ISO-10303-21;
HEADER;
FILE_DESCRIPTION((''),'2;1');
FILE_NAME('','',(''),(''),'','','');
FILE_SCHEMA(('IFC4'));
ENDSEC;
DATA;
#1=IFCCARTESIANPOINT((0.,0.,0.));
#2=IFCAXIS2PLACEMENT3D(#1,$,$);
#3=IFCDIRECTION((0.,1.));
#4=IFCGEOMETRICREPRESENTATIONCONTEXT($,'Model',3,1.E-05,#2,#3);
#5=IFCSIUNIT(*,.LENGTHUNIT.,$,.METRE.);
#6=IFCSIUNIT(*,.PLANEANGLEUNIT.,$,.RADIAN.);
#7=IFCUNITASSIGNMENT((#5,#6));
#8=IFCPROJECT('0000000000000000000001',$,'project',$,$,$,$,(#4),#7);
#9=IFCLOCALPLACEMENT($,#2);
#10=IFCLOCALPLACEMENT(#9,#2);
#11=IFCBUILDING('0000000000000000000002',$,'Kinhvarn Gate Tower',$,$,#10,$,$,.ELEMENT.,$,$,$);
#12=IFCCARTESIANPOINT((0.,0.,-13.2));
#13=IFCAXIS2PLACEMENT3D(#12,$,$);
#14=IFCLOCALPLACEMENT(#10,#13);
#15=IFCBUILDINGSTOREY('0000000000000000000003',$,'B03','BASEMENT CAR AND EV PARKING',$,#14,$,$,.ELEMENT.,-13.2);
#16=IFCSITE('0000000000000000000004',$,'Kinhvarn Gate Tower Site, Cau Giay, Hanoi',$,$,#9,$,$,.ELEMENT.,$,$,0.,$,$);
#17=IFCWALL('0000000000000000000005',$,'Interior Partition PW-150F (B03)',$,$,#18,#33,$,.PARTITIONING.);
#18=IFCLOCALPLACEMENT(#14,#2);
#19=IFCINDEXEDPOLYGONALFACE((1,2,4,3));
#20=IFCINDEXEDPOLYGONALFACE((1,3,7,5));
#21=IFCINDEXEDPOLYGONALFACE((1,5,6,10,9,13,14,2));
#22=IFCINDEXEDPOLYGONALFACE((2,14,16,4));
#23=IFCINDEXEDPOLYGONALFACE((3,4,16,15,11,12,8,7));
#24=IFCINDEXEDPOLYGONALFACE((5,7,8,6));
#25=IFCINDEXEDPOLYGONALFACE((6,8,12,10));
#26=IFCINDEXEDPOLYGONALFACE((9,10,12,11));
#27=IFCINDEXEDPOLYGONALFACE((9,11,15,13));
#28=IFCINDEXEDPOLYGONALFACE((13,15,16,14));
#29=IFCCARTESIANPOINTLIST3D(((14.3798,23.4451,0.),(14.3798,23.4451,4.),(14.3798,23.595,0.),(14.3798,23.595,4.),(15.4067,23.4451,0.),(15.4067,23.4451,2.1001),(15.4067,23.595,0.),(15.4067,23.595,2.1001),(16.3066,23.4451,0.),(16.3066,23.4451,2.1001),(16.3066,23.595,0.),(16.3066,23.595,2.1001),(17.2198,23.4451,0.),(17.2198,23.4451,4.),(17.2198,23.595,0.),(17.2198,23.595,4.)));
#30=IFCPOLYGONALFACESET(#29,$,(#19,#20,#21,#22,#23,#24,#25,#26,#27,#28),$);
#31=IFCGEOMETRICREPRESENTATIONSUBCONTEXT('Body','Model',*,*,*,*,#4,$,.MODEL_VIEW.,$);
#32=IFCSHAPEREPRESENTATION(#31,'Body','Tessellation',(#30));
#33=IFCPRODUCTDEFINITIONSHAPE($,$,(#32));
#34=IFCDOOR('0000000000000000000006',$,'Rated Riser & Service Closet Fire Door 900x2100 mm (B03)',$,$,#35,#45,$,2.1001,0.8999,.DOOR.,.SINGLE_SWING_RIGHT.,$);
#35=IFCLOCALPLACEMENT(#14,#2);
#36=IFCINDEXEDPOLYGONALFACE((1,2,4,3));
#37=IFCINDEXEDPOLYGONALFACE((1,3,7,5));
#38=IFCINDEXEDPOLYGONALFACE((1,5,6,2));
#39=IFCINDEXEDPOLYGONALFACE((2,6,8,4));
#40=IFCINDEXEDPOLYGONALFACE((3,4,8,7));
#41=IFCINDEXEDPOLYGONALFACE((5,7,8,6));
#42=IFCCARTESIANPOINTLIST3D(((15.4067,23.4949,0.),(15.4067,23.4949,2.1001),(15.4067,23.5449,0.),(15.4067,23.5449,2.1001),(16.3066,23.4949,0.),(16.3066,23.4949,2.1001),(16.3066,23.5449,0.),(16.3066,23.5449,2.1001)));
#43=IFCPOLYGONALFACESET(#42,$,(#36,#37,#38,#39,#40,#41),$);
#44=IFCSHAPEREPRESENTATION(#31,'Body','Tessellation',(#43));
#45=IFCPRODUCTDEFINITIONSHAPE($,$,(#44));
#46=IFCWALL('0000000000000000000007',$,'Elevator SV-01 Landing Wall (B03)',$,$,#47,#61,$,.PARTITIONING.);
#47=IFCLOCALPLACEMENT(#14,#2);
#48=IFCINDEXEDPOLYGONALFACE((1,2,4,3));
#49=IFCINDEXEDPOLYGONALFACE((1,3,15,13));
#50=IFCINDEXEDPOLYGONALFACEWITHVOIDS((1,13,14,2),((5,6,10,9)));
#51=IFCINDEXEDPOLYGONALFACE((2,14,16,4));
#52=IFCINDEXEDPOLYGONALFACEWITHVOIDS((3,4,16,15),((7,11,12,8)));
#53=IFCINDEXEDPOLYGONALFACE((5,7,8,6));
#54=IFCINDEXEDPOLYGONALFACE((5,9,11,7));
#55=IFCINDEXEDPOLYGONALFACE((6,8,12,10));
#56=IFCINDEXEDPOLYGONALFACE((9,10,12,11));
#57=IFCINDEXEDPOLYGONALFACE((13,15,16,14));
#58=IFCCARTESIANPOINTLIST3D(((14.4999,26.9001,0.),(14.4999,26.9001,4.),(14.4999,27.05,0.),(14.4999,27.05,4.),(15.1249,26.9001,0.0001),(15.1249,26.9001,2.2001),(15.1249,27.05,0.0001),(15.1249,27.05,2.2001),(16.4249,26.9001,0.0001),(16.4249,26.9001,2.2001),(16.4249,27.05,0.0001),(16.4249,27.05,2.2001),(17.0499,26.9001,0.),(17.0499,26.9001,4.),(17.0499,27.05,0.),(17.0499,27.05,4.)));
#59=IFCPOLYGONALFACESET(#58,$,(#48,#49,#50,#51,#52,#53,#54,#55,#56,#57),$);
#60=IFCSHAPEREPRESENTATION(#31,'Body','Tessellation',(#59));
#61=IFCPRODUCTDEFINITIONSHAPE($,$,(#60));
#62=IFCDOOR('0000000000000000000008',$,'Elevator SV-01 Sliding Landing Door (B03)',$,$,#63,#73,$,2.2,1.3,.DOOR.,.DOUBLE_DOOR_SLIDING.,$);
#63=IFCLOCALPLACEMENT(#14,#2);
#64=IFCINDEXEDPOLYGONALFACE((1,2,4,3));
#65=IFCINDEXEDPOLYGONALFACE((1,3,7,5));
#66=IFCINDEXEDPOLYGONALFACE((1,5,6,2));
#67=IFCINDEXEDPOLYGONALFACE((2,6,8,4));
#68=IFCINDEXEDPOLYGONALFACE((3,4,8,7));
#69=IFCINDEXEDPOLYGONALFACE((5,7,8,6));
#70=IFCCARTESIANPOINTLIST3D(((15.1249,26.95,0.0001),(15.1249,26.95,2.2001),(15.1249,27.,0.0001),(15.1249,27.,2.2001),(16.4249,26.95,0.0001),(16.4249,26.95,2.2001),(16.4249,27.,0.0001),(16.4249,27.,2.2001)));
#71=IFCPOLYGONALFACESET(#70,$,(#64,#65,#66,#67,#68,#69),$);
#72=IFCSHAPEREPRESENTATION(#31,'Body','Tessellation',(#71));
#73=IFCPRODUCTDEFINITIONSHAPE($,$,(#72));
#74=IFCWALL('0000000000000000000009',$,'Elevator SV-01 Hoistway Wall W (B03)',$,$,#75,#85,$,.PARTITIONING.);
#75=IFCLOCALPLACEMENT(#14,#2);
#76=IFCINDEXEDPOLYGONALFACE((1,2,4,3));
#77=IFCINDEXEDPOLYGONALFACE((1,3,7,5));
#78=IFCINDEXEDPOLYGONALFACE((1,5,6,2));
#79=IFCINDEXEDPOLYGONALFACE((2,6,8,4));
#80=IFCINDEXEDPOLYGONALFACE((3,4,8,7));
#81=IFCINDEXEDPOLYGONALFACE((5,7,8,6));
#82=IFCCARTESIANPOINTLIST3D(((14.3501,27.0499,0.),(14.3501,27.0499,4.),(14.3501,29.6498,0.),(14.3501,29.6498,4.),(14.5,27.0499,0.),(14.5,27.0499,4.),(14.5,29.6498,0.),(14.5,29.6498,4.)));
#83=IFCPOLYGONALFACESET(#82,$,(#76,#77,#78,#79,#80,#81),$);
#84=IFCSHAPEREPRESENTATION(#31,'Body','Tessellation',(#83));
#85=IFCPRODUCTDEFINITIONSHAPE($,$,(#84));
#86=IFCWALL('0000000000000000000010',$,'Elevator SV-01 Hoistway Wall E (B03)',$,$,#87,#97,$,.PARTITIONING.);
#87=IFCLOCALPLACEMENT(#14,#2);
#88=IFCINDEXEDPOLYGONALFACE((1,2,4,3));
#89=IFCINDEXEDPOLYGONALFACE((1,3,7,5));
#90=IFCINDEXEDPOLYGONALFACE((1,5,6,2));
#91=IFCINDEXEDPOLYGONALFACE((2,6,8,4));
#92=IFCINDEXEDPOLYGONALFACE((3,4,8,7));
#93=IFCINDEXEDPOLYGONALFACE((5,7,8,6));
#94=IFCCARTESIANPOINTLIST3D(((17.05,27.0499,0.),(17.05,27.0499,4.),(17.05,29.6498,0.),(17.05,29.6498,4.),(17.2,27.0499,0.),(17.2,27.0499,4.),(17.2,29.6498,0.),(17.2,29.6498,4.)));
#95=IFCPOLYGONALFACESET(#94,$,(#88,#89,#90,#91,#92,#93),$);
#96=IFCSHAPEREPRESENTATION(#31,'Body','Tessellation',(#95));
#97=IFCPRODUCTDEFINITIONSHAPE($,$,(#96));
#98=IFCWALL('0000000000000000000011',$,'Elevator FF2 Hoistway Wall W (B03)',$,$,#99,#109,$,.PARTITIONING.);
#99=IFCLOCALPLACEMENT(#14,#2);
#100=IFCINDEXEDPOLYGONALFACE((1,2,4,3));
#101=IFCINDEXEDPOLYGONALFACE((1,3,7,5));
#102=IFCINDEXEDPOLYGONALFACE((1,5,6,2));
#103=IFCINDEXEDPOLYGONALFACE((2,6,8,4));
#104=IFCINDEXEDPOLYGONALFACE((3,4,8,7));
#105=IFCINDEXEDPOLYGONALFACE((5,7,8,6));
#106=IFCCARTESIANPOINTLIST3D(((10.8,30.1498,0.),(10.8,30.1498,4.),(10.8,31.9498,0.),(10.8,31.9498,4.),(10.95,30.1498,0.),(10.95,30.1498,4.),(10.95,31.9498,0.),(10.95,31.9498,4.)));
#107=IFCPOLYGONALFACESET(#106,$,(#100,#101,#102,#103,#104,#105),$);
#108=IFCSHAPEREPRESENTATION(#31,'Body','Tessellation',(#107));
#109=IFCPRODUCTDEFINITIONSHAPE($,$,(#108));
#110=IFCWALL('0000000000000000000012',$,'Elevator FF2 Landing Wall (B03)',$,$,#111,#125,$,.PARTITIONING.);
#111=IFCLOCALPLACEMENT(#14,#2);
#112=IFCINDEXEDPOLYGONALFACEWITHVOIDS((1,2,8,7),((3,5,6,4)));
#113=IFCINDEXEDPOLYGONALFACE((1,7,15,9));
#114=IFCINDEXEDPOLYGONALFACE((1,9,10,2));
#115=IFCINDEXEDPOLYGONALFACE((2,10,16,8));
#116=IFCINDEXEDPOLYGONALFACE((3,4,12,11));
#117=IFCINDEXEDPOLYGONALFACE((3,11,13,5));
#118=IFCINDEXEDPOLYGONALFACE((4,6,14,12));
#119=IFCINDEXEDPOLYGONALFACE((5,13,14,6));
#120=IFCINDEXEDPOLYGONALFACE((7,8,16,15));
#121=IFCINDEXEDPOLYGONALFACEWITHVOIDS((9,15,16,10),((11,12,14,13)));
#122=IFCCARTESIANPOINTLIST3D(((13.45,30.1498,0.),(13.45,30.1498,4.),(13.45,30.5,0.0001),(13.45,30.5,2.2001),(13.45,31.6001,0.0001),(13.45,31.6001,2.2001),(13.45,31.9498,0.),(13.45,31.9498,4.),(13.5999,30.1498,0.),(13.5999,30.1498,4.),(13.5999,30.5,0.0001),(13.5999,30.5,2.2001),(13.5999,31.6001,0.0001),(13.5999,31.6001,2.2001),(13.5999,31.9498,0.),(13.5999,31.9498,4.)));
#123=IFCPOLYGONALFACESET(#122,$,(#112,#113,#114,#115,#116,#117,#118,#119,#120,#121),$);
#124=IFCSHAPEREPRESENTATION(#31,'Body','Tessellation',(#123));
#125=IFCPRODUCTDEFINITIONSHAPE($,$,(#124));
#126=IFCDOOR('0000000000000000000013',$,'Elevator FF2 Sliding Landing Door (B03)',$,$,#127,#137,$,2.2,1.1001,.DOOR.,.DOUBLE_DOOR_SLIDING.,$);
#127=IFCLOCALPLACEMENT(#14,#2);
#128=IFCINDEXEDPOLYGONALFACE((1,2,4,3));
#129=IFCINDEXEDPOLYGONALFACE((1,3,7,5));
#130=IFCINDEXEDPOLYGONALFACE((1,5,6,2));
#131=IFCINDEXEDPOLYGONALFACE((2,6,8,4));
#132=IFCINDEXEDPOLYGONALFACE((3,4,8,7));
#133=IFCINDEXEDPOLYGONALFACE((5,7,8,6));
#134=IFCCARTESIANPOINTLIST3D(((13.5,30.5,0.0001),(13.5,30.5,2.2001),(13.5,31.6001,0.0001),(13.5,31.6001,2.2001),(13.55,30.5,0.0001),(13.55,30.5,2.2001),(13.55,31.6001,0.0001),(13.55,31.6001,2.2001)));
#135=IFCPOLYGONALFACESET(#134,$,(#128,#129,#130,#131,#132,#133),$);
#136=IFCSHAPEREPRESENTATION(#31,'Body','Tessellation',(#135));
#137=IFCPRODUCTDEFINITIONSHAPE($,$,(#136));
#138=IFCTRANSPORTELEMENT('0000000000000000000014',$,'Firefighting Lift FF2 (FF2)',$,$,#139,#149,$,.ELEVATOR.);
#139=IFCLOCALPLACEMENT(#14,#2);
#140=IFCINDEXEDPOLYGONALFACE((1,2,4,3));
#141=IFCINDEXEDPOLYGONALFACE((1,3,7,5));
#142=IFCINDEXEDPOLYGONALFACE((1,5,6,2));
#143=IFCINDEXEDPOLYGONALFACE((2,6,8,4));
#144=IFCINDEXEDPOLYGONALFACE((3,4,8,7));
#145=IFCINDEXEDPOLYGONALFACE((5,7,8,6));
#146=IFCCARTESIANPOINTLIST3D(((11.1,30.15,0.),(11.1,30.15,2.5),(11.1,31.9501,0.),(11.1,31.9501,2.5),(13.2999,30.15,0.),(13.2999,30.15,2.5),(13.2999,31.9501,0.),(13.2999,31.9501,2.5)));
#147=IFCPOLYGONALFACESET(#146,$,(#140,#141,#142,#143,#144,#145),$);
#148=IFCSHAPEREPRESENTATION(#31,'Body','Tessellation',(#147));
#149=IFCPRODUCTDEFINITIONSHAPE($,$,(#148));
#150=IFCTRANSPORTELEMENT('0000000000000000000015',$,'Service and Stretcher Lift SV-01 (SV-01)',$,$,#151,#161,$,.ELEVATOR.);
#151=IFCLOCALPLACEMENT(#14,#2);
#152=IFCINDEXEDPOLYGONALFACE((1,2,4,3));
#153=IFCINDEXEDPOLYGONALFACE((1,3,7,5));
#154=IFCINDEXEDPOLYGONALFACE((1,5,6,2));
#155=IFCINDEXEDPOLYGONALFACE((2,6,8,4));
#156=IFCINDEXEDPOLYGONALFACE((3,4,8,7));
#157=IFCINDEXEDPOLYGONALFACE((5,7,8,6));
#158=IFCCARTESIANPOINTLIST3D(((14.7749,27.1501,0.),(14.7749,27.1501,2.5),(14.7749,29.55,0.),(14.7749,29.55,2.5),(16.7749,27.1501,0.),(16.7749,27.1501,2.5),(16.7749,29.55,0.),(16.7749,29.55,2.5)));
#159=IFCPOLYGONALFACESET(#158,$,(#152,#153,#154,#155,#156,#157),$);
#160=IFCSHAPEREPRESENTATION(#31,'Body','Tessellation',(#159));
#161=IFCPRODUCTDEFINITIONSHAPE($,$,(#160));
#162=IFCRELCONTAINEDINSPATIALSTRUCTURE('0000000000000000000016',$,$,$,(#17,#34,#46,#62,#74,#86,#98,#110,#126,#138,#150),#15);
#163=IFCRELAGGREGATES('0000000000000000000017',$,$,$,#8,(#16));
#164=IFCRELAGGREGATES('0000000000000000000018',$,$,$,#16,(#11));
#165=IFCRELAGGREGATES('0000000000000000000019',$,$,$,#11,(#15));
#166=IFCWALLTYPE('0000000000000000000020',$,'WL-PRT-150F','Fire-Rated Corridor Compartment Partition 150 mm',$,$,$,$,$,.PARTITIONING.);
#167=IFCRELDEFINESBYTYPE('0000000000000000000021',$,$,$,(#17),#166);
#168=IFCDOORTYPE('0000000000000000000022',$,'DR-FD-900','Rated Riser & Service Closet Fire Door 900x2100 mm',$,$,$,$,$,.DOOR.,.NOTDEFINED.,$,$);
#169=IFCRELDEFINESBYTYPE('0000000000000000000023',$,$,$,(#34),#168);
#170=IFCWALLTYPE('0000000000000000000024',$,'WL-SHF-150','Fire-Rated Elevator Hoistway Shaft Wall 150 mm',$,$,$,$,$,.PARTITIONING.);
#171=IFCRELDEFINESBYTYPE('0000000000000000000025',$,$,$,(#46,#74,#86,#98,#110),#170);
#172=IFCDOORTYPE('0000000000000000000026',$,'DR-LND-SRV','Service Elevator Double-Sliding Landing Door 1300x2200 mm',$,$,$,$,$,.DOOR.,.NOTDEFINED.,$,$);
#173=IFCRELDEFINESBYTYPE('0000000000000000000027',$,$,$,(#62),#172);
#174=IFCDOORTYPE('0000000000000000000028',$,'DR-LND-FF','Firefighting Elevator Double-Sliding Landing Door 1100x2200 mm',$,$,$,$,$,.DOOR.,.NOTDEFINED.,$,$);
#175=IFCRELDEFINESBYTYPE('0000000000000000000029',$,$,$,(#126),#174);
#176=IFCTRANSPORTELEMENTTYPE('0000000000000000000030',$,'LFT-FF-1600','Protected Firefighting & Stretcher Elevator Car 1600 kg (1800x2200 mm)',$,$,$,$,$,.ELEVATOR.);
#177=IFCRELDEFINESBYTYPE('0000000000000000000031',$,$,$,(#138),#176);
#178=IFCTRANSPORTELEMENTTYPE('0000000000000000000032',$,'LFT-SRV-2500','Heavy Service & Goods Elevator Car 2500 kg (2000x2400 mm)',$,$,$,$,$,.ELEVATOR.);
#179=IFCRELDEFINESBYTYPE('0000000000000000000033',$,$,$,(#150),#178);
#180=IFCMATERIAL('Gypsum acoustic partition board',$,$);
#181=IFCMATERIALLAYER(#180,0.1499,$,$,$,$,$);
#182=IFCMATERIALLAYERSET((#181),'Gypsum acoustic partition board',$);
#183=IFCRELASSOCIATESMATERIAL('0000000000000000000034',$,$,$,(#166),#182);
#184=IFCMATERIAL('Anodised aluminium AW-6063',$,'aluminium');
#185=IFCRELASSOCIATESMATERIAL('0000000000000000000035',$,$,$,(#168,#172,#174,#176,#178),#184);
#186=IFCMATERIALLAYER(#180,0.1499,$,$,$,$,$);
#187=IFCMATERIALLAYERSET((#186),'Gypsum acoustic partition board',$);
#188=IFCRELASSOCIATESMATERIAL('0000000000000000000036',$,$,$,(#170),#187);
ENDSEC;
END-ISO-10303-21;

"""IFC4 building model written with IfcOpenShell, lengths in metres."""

from ifc_helpers import new_model, si_unit, direction, frame, frame_2d, origin, origin_2d, place, context, subcontext, project, spatial, rectangle, extrude, material, layer, layer_set, type_object, element, fill, save


model = new_model("IFC4")

# Units and contexts
model_context = context("Model", 3, precision=1e-05, world=origin(), true_north=direction((0.0, 1.0)))
body_context = subcontext(model_context, "Body", "Model", "MODEL_VIEW")
ifc_project = project(units=[si_unit("LENGTHUNIT", "METRE"), si_unit("PLANEANGLEUNIT", "RADIAN")], contexts=[model_context])

# Site, building, storey
site_placement = place(None, origin())
site = spatial("IfcSite", under=ifc_project, at=site_placement, Name="Kinhvarn Gate Tower Site, Cau Giay, Hanoi", CompositionType="ELEMENT", RefElevation=0.0)
building_placement = place(site_placement, origin())
building = spatial("IfcBuilding", under=site, at=building_placement, Name="Kinhvarn Gate Tower", CompositionType="ELEMENT")
storey_placement = place(building_placement, frame((0.0, 0.0, -13.2)))
storey = spatial("IfcBuildingStorey", under=building, at=storey_placement, Name="B03", Description="BASEMENT CAR AND EV PARKING", CompositionType="ELEMENT", Elevation=-13.2)

# Shared definitions
ifc_material_1 = material(Name="Anodised aluminium AW-6063", Category="aluminium")

# Shared definitions
ifc_material_2 = material(Name="Gypsum acoustic partition board")
ifc_layer_1 = layer(ifc_material_2, 0.1499)
ifc_layer_set_1 = layer_set([ifc_layer_1], Name="Gypsum acoustic partition board")
wall_type_1 = type_object("IfcWallType", Name="WL-PRT-150F", Description="Fire-Rated Corridor Compartment Partition 150 mm", PredefinedType="PARTITIONING", material=ifc_layer_set_1)

# Walls, openings, doors
wall_1_placement = place(storey_placement, frame((14.3799, 23.52, 0.0), z_axis=(0.0, 0.0, 1.0), x_axis=(1.0, 0.0, 0.0)))
wall_1 = element("IfcWall", 1, at=wall_1_placement, inside=storey, type_object=wall_type_1, Name="Interior Partition PW-150F (B03)", PredefinedType="PARTITIONING", context=body_context, shape_type="SweptSolid", body=[
    extrude(rectangle(XDim=2.8401, YDim=0.1499, at=frame_2d((1.4199, 0.0))), origin(), (0.0, 0.0, 1.0), 4.0),
])
opening_1_placement = place(wall_1_placement, frame((1.0269, 0.0, 0.0)))
opening_1 = element("IfcOpeningElement", 2, at=opening_1_placement, cuts=wall_1, PredefinedType="OPENING", context=body_context, shape_type="SweptSolid", body=[
    extrude(rectangle(XDim=0.8999, YDim=2.1001, at=frame_2d((0.45, 1.05))), frame((0.0, 0.085, 0.0), z_axis=(0.0, -1.0, 0.0), x_axis=(1.0, 0.0, 0.0)), (0.0, 0.0, 1.0), 0.1699),
])
door_type_1 = type_object("IfcDoorType", Name="DR-FD-900", Description="Rated Riser & Service Closet Fire Door 900x2100 mm", OperationType="NOTDEFINED", PredefinedType="DOOR", material=ifc_material_1)
door_1_placement = place(opening_1_placement, origin())
door_1 = element("IfcDoor", 3, at=door_1_placement, inside=storey, type_object=door_type_1, Name="Rated Riser & Service Closet Fire Door 900x2100 mm (B03)", OperationType="SINGLE_SWING_RIGHT", OverallHeight=2.1001, OverallWidth=0.8999, PredefinedType="DOOR", context=body_context, shape_type="SweptSolid", body=[
    extrude(rectangle(XDim=0.8999, YDim=2.1001, at=frame_2d((0.45, 1.05))), frame((0.0, 0.0249, 0.0), z_axis=(0.0, -1.0, 0.0), x_axis=(1.0, 0.0, 0.0)), (0.0, 0.0, 1.0), 0.05),
])
fill(opening_1, door_1)
ifc_layer_2 = layer(ifc_material_2, 0.1499)
ifc_layer_set_2 = layer_set([ifc_layer_2], Name="Gypsum acoustic partition board")
wall_type_2 = type_object("IfcWallType", Name="WL-SHF-150", Description="Fire-Rated Elevator Hoistway Shaft Wall 150 mm", PredefinedType="PARTITIONING", material=ifc_layer_set_2)
wall_2_placement = place(storey_placement, frame((14.5, 26.9751, 0.0), z_axis=(0.0, 0.0, 1.0), x_axis=(1.0, 0.0, 0.0)))
wall_2 = element("IfcWall", 4, at=wall_2_placement, inside=storey, type_object=wall_type_2, Name="Elevator SV-01 Landing Wall (B03)", PredefinedType="PARTITIONING", context=body_context, shape_type="SweptSolid", body=[
    extrude(rectangle(XDim=2.55, YDim=0.1499, at=frame_2d((1.2749, 0.0))), origin(), (0.0, 0.0, 1.0), 4.0),
])
opening_2_placement = place(wall_2_placement, frame((0.625, 0.0, 0.0)))
opening_2 = element("IfcOpeningElement", 5, at=opening_2_placement, cuts=wall_2, PredefinedType="OPENING", context=body_context, shape_type="SweptSolid", body=[
    extrude(rectangle(XDim=1.3, YDim=2.2, at=frame_2d((0.6499, 1.1001))), frame((0.0, 0.085, 0.0), z_axis=(0.0, -1.0, 0.0), x_axis=(1.0, 0.0, 0.0)), (0.0, 0.0, 1.0), 0.1699),
])
door_type_2 = type_object("IfcDoorType", Name="DR-LND-SRV", Description="Service Elevator Double-Sliding Landing Door 1300x2200 mm", OperationType="NOTDEFINED", PredefinedType="DOOR", material=ifc_material_1)
door_2_placement = place(opening_2_placement, origin())
door_2 = element("IfcDoor", 6, at=door_2_placement, inside=storey, type_object=door_type_2, Name="Elevator SV-01 Sliding Landing Door (B03)", OperationType="DOUBLE_DOOR_SLIDING", OverallHeight=2.2, OverallWidth=1.3, PredefinedType="DOOR", context=body_context, shape_type="SweptSolid", body=[
    extrude(rectangle(XDim=1.3, YDim=2.2, at=frame_2d((0.6499, 1.1001))), frame((0.0, 0.0249, 0.0), z_axis=(0.0, -1.0, 0.0), x_axis=(1.0, 0.0, 0.0)), (0.0, 0.0, 1.0), 0.05),
])
fill(opening_2, door_2)

# Walls
for number, where, z_axis, x_axis, name in (
    (7, (14.425, 27.05, 0.0), (0.0, 0.0, 1.0), (0.0, 1.0, 0.0), "Elevator SV-01 Hoistway Wall W (B03)"),
    (8, (17.125, 27.05, 0.0), (0.0, 0.0, 1.0), (0.0, 1.0, 0.0), "Elevator SV-01 Hoistway Wall E (B03)"),
):
    element("IfcWall", number, at=place(storey_placement, frame(where, z_axis=z_axis, x_axis=x_axis)), inside=storey, type_object=wall_type_2, Name=name, PredefinedType="PARTITIONING", context=body_context, shape_type="SweptSolid", body=[
        extrude(rectangle(XDim=2.5999, YDim=0.1499, at=frame_2d((1.2998, 0.0))), origin(), (0.0, 0.0, 1.0), 4.0),
    ])
wall_3_placement = place(storey_placement, frame((10.875, 30.1499, 0.0), z_axis=(0.0, 0.0, 1.0), x_axis=(0.0, 1.0, 0.0)))
element("IfcWall", 9, at=wall_3_placement, inside=storey, type_object=wall_type_2, Name="Elevator FF2 Hoistway Wall W (B03)", PredefinedType="PARTITIONING", context=body_context, shape_type="SweptSolid", body=[
    extrude(rectangle(XDim=1.8, YDim=0.1499, at=frame_2d((0.8999, 0.0))), origin(), (0.0, 0.0, 1.0), 4.0),
])

# Wall, opening, door
wall_4_placement = place(storey_placement, frame((13.5249, 30.1499, 0.0), z_axis=(0.0, 0.0, 1.0), x_axis=(0.0, 1.0, 0.0)))
wall_4 = element("IfcWall", 10, at=wall_4_placement, inside=storey, type_object=wall_type_2, Name="Elevator FF2 Landing Wall (B03)", PredefinedType="PARTITIONING", context=body_context, shape_type="SweptSolid", body=[
    extrude(rectangle(XDim=1.8, YDim=0.1499, at=frame_2d((0.8999, 0.0))), origin(), (0.0, 0.0, 1.0), 4.0),
])
opening_3_placement = place(wall_4_placement, frame((0.3501, 0.0, 0.0)))
opening_3 = element("IfcOpeningElement", 11, at=opening_3_placement, cuts=wall_4, PredefinedType="OPENING", context=body_context, shape_type="SweptSolid", body=[
    extrude(rectangle(XDim=1.1001, YDim=2.2, at=frame_2d((0.55, 1.1001))), frame((0.0, 0.085, 0.0), z_axis=(0.0, -1.0, 0.0), x_axis=(1.0, 0.0, 0.0)), (0.0, 0.0, 1.0), 0.1699),
])
door_type_3 = type_object("IfcDoorType", Name="DR-LND-FF", Description="Firefighting Elevator Double-Sliding Landing Door 1100x2200 mm", OperationType="NOTDEFINED", PredefinedType="DOOR", material=ifc_material_1)
door_3_placement = place(opening_3_placement, origin())
door_3 = element("IfcDoor", 12, at=door_3_placement, inside=storey, type_object=door_type_3, Name="Elevator FF2 Sliding Landing Door (B03)", OperationType="DOUBLE_DOOR_SLIDING", OverallHeight=2.2, OverallWidth=1.1001, PredefinedType="DOOR", context=body_context, shape_type="SweptSolid", body=[
    extrude(rectangle(XDim=1.1001, YDim=2.2, at=frame_2d((0.55, 1.1001))), frame((0.0, 0.0249, 0.0), z_axis=(0.0, -1.0, 0.0), x_axis=(1.0, 0.0, 0.0)), (0.0, 0.0, 1.0), 0.05),
])
fill(opening_3, door_3)

# Transport elements
transport_element_type_1 = type_object("IfcTransportElementType", Name="LFT-FF-1600", Description="Protected Firefighting & Stretcher Elevator Car 1600 kg (1800x2200 mm)", PredefinedType="ELEVATOR", material=ifc_material_1)
transport_element_1_placement = place(storey_placement, frame((12.2, 31.05, 0.0), z_axis=(0.0, 0.0, 1.0), x_axis=(0.0, 1.0, 0.0)))
element("IfcTransportElement", 13, at=transport_element_1_placement, inside=storey, type_object=transport_element_type_1, Name="Firefighting Lift FF2 (FF2)", PredefinedType="ELEVATOR", context=body_context, shape_type="SweptSolid", body=[
    extrude(rectangle(XDim=1.8, YDim=2.2, at=origin_2d()), origin(), (0.0, 0.0, 1.0), 2.5),
])
transport_element_type_2 = type_object("IfcTransportElementType", Name="LFT-SRV-2500", Description="Heavy Service & Goods Elevator Car 2500 kg (2000x2400 mm)", PredefinedType="ELEVATOR", material=ifc_material_1)
transport_element_2_placement = place(storey_placement, frame((15.7749, 28.3501, 0.0), z_axis=(0.0, 0.0, 1.0), x_axis=(1.0, 0.0, 0.0)))
element("IfcTransportElement", 14, at=transport_element_2_placement, inside=storey, type_object=transport_element_type_2, Name="Service and Stretcher Lift SV-01 (SV-01)", PredefinedType="ELEVATOR", context=body_context, shape_type="SweptSolid", body=[
    extrude(rectangle(XDim=2.0, YDim=2.3999, at=origin_2d()), origin(), (0.0, 0.0, 1.0), 2.5),
])

save(model, "model.ifc")
